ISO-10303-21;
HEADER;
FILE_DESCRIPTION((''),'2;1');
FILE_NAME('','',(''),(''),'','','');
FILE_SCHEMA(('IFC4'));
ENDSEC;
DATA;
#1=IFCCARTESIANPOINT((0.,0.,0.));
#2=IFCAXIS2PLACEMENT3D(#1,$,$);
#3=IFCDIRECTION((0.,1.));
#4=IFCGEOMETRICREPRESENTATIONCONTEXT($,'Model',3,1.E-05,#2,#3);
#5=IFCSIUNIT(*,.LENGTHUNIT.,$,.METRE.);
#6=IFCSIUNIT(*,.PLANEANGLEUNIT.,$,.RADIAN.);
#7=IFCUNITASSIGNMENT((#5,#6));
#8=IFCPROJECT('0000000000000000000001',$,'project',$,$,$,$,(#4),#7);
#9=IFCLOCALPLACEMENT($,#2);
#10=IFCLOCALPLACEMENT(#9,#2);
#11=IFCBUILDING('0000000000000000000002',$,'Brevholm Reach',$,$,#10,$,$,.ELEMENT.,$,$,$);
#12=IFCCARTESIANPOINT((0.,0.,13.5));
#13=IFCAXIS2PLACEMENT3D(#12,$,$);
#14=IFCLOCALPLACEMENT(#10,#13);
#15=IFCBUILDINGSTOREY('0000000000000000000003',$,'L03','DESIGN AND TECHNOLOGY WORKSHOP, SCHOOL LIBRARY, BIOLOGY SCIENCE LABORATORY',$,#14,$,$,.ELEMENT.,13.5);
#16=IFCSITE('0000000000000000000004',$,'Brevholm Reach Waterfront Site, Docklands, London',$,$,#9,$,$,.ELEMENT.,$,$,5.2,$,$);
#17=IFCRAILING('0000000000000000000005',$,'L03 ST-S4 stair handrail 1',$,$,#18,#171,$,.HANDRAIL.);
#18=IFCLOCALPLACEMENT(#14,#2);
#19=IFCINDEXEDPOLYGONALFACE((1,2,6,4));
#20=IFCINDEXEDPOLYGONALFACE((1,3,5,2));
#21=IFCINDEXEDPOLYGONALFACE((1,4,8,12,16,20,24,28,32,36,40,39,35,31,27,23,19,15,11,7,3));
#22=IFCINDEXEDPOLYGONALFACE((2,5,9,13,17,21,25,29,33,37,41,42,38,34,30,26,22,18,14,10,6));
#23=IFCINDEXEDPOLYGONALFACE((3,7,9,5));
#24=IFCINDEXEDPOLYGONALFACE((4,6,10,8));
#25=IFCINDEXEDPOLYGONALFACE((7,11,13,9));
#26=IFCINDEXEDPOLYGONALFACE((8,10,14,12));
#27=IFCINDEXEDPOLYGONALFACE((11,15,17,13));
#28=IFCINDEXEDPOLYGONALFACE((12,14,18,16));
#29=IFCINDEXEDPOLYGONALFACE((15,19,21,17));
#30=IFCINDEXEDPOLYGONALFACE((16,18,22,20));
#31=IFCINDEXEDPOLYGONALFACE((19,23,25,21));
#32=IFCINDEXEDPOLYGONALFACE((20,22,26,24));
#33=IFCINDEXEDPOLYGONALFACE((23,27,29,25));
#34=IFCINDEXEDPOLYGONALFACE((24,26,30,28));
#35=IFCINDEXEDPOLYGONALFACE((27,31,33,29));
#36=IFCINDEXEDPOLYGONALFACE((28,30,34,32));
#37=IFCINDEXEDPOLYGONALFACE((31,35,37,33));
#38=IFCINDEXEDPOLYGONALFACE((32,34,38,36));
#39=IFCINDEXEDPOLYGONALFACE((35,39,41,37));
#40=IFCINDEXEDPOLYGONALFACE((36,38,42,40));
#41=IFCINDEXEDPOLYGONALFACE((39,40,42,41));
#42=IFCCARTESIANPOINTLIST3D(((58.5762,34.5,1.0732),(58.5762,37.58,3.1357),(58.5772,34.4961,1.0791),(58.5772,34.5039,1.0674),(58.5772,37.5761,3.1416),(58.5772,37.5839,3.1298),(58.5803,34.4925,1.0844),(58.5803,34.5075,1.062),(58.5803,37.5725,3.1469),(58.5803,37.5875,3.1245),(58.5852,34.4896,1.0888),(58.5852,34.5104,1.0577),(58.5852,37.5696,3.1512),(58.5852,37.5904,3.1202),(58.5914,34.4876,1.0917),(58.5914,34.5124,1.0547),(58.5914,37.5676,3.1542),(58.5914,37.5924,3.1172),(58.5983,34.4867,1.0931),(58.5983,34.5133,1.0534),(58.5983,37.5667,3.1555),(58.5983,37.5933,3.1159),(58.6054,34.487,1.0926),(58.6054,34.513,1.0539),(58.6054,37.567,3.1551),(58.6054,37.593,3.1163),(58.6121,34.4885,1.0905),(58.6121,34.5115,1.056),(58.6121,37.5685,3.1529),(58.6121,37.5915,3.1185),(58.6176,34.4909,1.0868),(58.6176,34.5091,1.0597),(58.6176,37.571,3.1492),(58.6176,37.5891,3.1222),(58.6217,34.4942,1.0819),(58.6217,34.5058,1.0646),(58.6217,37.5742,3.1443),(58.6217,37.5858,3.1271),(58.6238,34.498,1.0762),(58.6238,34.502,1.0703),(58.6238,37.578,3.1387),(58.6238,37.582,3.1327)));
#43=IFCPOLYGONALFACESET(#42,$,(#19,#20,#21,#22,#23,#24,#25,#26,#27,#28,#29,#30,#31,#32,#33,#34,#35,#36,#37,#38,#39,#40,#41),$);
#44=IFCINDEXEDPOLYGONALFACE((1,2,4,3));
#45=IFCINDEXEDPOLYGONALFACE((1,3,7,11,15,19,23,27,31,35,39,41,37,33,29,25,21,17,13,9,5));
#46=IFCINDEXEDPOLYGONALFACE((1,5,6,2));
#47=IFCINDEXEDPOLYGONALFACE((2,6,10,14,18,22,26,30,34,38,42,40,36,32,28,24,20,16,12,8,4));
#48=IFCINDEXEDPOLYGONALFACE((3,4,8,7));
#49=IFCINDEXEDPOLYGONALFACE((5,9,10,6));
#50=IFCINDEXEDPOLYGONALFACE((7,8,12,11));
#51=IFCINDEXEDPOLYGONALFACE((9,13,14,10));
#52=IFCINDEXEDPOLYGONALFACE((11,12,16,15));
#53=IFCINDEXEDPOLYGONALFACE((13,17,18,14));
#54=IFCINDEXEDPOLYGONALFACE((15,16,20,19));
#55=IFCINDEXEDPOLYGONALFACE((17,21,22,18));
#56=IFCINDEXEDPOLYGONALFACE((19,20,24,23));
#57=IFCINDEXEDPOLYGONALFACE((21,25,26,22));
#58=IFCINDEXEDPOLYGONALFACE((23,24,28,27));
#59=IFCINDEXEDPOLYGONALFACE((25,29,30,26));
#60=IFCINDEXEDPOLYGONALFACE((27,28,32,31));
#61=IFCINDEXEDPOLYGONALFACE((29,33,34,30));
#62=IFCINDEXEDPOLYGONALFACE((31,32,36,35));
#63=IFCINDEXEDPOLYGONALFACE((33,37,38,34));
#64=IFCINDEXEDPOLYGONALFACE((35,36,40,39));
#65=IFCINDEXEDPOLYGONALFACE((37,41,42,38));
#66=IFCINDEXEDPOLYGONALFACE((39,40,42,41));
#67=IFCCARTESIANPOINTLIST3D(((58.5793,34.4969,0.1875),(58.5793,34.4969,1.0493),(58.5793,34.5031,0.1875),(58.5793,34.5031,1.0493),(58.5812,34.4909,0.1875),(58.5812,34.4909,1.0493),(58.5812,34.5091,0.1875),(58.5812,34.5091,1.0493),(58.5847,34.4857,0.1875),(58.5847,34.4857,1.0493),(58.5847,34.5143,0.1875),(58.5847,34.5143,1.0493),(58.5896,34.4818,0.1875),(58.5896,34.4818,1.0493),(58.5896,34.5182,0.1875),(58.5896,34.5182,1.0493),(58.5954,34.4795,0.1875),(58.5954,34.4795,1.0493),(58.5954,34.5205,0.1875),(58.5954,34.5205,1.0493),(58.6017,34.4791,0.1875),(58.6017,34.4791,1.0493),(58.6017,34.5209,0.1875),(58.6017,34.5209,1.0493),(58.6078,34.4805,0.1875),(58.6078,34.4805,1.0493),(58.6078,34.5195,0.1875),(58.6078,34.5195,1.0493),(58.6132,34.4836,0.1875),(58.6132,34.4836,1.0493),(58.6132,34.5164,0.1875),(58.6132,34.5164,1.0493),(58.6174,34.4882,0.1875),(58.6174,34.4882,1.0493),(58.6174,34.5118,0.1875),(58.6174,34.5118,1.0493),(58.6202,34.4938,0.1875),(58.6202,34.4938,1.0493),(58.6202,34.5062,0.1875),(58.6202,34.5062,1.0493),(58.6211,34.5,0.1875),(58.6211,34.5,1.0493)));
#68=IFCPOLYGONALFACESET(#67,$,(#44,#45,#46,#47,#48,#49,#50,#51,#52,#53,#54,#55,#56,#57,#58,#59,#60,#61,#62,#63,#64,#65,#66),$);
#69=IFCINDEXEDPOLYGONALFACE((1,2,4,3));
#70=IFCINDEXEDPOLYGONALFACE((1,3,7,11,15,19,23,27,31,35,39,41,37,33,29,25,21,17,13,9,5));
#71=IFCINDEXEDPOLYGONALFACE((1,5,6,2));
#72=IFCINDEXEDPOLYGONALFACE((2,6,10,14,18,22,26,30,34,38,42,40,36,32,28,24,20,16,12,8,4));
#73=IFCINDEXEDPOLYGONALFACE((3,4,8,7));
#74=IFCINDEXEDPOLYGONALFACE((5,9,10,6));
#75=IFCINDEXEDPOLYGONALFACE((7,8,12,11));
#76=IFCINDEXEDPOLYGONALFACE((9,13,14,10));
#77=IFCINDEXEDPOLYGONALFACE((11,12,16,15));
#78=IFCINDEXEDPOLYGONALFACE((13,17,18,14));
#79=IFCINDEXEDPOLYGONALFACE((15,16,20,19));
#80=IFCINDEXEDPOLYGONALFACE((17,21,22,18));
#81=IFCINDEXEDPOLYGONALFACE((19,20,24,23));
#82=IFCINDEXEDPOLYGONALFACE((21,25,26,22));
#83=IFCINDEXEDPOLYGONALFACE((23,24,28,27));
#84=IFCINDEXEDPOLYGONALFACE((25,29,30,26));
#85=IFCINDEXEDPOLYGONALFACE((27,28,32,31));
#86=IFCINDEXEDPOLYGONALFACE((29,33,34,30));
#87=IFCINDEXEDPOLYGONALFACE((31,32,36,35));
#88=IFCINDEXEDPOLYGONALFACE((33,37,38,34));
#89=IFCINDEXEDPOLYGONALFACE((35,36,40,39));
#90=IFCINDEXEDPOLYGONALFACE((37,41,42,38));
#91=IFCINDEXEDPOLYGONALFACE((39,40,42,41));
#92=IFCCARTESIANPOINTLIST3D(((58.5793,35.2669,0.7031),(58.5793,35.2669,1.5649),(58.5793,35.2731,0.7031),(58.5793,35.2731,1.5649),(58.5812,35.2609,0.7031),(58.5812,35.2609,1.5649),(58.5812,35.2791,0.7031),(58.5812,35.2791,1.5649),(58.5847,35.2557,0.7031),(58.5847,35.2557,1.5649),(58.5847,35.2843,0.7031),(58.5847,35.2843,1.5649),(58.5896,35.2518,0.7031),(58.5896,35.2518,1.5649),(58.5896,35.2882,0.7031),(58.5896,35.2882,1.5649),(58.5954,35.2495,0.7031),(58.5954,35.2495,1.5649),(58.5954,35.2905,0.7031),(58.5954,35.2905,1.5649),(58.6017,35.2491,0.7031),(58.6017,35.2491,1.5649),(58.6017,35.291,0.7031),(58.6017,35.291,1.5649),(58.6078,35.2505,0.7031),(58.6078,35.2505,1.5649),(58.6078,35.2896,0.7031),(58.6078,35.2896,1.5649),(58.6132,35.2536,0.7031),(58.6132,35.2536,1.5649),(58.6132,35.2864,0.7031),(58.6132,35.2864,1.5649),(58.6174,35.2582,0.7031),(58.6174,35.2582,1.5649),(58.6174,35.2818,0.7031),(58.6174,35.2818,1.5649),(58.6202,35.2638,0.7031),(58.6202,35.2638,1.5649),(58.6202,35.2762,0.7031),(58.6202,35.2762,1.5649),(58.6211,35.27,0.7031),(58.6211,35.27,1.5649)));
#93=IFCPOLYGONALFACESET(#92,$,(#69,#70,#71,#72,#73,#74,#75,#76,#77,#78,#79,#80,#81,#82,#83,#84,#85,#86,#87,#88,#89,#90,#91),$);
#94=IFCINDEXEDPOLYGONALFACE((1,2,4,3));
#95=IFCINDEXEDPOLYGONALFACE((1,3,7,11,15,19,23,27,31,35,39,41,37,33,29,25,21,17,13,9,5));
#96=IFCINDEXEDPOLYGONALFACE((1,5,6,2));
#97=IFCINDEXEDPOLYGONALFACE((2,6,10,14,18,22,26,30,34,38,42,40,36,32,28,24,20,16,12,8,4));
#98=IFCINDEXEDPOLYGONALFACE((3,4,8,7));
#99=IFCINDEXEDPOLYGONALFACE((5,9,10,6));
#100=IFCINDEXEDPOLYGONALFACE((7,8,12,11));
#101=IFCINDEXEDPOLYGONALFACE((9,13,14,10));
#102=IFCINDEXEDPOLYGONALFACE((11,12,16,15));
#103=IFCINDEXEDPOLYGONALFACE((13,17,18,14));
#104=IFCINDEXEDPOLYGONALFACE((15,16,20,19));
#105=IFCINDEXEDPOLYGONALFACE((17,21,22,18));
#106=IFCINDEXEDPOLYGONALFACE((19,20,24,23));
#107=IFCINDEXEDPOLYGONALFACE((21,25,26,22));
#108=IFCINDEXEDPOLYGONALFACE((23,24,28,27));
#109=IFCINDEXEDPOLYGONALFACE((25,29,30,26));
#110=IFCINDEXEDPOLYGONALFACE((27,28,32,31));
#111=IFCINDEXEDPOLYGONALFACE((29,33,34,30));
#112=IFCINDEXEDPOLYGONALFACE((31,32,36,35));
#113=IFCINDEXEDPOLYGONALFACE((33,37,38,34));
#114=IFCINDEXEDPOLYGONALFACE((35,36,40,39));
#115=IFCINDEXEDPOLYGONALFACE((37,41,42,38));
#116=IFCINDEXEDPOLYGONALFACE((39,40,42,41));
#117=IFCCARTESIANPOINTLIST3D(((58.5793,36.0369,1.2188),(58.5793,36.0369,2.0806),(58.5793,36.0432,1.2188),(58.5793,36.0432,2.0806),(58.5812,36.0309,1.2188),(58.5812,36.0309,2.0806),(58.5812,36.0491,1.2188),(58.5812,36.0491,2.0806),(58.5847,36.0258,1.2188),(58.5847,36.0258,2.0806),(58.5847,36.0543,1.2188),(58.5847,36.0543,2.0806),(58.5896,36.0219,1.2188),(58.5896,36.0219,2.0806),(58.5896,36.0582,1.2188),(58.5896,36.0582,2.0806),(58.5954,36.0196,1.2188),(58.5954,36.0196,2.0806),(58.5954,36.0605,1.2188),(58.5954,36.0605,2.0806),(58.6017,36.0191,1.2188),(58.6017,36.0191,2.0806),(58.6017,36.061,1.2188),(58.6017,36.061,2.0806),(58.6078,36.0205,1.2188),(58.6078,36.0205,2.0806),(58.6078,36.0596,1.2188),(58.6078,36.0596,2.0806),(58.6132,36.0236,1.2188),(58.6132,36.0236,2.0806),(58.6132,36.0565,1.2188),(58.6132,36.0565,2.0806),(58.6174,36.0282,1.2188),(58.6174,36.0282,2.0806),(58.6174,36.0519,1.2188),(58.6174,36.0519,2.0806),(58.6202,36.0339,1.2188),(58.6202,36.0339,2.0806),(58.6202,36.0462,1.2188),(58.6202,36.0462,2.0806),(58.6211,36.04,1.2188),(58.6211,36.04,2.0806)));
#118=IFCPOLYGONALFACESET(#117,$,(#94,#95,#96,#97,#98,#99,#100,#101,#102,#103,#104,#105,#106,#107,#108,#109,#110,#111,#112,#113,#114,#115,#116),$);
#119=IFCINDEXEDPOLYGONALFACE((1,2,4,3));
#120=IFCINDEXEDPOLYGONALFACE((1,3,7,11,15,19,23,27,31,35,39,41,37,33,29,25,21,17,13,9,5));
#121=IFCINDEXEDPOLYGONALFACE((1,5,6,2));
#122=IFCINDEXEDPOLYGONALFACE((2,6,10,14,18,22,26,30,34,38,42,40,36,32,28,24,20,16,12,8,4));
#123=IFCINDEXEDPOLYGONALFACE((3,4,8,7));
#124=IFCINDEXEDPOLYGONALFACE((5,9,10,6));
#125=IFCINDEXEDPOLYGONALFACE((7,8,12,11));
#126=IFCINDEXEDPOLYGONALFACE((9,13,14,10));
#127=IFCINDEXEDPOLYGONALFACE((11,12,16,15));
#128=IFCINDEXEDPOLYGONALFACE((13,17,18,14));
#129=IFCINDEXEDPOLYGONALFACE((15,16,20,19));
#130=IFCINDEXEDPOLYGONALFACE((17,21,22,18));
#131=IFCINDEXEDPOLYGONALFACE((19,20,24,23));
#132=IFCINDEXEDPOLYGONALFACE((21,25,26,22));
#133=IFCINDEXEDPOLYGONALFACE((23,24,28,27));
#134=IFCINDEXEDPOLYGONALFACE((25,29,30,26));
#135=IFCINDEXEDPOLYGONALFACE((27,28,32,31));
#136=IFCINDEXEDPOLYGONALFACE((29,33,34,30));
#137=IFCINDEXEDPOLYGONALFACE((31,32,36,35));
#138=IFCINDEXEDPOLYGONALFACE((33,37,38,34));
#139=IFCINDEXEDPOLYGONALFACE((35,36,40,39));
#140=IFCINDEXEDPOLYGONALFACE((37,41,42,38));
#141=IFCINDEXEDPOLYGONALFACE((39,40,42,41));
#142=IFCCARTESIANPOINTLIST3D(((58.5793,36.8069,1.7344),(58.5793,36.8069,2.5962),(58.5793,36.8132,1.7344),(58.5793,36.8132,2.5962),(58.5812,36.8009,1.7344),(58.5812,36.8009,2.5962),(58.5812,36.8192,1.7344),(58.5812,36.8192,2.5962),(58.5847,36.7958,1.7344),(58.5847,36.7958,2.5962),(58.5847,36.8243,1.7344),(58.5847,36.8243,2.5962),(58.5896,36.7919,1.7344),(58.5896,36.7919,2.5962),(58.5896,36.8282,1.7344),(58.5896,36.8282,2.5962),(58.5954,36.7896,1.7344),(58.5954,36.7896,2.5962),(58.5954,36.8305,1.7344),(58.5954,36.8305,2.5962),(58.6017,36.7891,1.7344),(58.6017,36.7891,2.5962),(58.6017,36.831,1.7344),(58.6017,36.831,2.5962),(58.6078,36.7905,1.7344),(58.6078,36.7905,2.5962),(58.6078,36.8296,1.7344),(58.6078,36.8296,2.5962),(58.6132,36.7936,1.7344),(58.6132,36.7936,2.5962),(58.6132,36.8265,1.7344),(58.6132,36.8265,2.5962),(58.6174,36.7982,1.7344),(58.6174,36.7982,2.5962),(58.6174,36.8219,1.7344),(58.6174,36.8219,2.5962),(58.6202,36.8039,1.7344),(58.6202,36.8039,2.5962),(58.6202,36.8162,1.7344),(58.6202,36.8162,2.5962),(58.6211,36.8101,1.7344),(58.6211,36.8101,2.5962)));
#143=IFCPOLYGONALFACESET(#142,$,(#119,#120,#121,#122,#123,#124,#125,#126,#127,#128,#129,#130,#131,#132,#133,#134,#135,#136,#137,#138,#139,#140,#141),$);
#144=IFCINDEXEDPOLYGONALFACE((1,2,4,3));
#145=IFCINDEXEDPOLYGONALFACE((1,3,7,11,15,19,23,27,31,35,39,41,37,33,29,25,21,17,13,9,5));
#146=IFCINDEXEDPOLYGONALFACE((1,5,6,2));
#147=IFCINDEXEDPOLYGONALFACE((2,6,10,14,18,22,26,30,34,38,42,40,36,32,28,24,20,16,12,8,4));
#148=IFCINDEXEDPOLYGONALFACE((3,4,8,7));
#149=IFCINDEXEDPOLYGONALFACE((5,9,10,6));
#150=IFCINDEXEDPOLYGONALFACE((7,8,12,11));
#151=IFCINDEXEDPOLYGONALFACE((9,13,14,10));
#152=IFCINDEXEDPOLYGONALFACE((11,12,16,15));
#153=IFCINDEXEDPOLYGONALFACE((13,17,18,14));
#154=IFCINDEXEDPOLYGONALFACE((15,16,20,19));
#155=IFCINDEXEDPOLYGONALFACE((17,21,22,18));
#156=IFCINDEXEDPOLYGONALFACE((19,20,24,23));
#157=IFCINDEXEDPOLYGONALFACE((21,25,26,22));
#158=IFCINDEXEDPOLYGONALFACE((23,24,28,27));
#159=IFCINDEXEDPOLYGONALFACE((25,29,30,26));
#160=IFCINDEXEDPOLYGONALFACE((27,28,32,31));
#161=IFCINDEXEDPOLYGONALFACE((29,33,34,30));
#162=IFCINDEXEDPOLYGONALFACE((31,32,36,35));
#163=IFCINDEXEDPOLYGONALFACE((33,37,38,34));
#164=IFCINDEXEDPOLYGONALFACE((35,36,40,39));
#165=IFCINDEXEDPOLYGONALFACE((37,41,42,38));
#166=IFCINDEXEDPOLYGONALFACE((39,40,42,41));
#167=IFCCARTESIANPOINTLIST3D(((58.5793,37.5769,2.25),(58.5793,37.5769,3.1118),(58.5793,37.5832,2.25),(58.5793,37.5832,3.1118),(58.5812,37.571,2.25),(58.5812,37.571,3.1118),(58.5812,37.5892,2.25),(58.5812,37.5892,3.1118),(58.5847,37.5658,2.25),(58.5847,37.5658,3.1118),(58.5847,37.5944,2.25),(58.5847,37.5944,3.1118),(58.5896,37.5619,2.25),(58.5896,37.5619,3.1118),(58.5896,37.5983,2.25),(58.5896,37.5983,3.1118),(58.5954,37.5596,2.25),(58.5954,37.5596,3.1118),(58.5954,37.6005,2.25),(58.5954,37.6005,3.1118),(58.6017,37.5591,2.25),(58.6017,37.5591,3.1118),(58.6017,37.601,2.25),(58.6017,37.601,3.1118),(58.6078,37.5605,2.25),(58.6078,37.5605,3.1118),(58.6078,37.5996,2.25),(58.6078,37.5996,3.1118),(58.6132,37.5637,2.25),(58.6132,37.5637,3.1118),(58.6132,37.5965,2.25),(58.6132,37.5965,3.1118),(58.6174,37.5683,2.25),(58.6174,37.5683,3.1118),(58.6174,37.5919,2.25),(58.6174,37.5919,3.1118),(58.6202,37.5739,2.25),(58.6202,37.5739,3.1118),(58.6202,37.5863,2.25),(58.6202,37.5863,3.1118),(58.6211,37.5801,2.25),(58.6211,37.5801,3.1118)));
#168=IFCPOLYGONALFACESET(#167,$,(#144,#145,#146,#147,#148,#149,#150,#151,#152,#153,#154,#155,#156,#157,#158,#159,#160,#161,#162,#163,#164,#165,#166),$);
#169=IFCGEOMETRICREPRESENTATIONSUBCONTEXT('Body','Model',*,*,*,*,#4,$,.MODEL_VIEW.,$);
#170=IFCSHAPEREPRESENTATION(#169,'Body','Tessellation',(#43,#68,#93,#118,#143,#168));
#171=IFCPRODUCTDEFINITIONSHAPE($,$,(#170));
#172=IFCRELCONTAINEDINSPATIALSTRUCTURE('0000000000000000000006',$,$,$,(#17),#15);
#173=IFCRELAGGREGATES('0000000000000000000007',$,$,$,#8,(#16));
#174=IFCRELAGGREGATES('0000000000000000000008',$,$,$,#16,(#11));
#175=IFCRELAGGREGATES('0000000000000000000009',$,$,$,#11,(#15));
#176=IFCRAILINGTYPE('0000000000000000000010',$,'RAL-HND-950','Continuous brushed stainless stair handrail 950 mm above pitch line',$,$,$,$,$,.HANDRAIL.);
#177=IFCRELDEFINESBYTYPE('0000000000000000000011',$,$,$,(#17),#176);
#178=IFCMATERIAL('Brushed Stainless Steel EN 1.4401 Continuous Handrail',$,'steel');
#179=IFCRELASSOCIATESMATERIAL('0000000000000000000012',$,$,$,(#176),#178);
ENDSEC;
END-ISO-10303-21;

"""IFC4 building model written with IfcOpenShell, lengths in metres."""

from ifc_helpers import new_model, si_unit, direction, frame, origin, origin_2d, place, context, subcontext, project, spatial, circle, extrude, material, type_object, element, save


model = new_model("IFC4")

# Units and contexts
model_context = context("Model", 3, precision=1e-05, world=origin(), true_north=direction((0.0, 1.0)))
body_context = subcontext(model_context, "Body", "Model", "MODEL_VIEW")
ifc_project = project(units=[si_unit("LENGTHUNIT", "METRE"), si_unit("PLANEANGLEUNIT", "RADIAN")], contexts=[model_context])

# Site, building, storey
site_placement = place(None, origin())
site = spatial("IfcSite", under=ifc_project, at=site_placement, Name="Brevholm Reach Waterfront Site, Docklands, London", CompositionType="ELEMENT", RefElevation=5.2)
building_placement = place(site_placement, origin())
building = spatial("IfcBuilding", under=site, at=building_placement, Name="Brevholm Reach", CompositionType="ELEMENT")
storey_placement = place(building_placement, frame((0.0, 0.0, 13.5)))
storey = spatial("IfcBuildingStorey", under=building, at=storey_placement, Name="L03", Description="DESIGN AND TECHNOLOGY WORKSHOP, SCHOOL LIBRARY, BIOLOGY SCIENCE LABORATORY", CompositionType="ELEMENT", Elevation=13.5)

# Railing
ifc_material_1 = material(Name="Brushed Stainless Steel EN 1.4401 Continuous Handrail", Category="steel")
railing_type_1 = type_object("IfcRailingType", Name="RAL-HND-950", Description="Continuous brushed stainless stair handrail 950 mm above pitch line", PredefinedType="HANDRAIL", material=ifc_material_1)
railing_1_placement = place(storey_placement, frame((58.6001, 34.5, 0.1875)))
element("IfcRailing", 1, at=railing_1_placement, inside=storey, type_object=railing_type_1, Name="L03 ST-S4 stair handrail 1", PredefinedType="HANDRAIL", context=body_context, shape_type="SweptSolid", body=[
    extrude(circle(Radius=0.0239, at=origin_2d()), frame((0.0, 0.0, 0.8857), z_axis=(0.0, 0.830914, 0.556401), x_axis=(-1.0, 0.0, 0.0)), (0.0, 0.0, 1.0), 3.7068),
    extrude(circle(Radius=0.021, at=origin_2d()), origin(), (0.0, 0.0, 1.0), 0.8618),
    extrude(circle(Radius=0.021, at=origin_2d()), frame((0.0, 0.77, 0.5156)), (0.0, 0.0, 1.0), 0.8618),
    extrude(circle(Radius=0.021, at=origin_2d()), frame((0.0, 1.54, 1.0312)), (0.0, 0.0, 1.0), 0.8618),
    extrude(circle(Radius=0.021, at=origin_2d()), frame((0.0, 2.3101, 1.5469)), (0.0, 0.0, 1.0), 0.8618),
    extrude(circle(Radius=0.021, at=origin_2d()), frame((0.0, 3.0801, 2.0625)), (0.0, 0.0, 1.0), 0.8618),
])

save(model, "model.ifc")
